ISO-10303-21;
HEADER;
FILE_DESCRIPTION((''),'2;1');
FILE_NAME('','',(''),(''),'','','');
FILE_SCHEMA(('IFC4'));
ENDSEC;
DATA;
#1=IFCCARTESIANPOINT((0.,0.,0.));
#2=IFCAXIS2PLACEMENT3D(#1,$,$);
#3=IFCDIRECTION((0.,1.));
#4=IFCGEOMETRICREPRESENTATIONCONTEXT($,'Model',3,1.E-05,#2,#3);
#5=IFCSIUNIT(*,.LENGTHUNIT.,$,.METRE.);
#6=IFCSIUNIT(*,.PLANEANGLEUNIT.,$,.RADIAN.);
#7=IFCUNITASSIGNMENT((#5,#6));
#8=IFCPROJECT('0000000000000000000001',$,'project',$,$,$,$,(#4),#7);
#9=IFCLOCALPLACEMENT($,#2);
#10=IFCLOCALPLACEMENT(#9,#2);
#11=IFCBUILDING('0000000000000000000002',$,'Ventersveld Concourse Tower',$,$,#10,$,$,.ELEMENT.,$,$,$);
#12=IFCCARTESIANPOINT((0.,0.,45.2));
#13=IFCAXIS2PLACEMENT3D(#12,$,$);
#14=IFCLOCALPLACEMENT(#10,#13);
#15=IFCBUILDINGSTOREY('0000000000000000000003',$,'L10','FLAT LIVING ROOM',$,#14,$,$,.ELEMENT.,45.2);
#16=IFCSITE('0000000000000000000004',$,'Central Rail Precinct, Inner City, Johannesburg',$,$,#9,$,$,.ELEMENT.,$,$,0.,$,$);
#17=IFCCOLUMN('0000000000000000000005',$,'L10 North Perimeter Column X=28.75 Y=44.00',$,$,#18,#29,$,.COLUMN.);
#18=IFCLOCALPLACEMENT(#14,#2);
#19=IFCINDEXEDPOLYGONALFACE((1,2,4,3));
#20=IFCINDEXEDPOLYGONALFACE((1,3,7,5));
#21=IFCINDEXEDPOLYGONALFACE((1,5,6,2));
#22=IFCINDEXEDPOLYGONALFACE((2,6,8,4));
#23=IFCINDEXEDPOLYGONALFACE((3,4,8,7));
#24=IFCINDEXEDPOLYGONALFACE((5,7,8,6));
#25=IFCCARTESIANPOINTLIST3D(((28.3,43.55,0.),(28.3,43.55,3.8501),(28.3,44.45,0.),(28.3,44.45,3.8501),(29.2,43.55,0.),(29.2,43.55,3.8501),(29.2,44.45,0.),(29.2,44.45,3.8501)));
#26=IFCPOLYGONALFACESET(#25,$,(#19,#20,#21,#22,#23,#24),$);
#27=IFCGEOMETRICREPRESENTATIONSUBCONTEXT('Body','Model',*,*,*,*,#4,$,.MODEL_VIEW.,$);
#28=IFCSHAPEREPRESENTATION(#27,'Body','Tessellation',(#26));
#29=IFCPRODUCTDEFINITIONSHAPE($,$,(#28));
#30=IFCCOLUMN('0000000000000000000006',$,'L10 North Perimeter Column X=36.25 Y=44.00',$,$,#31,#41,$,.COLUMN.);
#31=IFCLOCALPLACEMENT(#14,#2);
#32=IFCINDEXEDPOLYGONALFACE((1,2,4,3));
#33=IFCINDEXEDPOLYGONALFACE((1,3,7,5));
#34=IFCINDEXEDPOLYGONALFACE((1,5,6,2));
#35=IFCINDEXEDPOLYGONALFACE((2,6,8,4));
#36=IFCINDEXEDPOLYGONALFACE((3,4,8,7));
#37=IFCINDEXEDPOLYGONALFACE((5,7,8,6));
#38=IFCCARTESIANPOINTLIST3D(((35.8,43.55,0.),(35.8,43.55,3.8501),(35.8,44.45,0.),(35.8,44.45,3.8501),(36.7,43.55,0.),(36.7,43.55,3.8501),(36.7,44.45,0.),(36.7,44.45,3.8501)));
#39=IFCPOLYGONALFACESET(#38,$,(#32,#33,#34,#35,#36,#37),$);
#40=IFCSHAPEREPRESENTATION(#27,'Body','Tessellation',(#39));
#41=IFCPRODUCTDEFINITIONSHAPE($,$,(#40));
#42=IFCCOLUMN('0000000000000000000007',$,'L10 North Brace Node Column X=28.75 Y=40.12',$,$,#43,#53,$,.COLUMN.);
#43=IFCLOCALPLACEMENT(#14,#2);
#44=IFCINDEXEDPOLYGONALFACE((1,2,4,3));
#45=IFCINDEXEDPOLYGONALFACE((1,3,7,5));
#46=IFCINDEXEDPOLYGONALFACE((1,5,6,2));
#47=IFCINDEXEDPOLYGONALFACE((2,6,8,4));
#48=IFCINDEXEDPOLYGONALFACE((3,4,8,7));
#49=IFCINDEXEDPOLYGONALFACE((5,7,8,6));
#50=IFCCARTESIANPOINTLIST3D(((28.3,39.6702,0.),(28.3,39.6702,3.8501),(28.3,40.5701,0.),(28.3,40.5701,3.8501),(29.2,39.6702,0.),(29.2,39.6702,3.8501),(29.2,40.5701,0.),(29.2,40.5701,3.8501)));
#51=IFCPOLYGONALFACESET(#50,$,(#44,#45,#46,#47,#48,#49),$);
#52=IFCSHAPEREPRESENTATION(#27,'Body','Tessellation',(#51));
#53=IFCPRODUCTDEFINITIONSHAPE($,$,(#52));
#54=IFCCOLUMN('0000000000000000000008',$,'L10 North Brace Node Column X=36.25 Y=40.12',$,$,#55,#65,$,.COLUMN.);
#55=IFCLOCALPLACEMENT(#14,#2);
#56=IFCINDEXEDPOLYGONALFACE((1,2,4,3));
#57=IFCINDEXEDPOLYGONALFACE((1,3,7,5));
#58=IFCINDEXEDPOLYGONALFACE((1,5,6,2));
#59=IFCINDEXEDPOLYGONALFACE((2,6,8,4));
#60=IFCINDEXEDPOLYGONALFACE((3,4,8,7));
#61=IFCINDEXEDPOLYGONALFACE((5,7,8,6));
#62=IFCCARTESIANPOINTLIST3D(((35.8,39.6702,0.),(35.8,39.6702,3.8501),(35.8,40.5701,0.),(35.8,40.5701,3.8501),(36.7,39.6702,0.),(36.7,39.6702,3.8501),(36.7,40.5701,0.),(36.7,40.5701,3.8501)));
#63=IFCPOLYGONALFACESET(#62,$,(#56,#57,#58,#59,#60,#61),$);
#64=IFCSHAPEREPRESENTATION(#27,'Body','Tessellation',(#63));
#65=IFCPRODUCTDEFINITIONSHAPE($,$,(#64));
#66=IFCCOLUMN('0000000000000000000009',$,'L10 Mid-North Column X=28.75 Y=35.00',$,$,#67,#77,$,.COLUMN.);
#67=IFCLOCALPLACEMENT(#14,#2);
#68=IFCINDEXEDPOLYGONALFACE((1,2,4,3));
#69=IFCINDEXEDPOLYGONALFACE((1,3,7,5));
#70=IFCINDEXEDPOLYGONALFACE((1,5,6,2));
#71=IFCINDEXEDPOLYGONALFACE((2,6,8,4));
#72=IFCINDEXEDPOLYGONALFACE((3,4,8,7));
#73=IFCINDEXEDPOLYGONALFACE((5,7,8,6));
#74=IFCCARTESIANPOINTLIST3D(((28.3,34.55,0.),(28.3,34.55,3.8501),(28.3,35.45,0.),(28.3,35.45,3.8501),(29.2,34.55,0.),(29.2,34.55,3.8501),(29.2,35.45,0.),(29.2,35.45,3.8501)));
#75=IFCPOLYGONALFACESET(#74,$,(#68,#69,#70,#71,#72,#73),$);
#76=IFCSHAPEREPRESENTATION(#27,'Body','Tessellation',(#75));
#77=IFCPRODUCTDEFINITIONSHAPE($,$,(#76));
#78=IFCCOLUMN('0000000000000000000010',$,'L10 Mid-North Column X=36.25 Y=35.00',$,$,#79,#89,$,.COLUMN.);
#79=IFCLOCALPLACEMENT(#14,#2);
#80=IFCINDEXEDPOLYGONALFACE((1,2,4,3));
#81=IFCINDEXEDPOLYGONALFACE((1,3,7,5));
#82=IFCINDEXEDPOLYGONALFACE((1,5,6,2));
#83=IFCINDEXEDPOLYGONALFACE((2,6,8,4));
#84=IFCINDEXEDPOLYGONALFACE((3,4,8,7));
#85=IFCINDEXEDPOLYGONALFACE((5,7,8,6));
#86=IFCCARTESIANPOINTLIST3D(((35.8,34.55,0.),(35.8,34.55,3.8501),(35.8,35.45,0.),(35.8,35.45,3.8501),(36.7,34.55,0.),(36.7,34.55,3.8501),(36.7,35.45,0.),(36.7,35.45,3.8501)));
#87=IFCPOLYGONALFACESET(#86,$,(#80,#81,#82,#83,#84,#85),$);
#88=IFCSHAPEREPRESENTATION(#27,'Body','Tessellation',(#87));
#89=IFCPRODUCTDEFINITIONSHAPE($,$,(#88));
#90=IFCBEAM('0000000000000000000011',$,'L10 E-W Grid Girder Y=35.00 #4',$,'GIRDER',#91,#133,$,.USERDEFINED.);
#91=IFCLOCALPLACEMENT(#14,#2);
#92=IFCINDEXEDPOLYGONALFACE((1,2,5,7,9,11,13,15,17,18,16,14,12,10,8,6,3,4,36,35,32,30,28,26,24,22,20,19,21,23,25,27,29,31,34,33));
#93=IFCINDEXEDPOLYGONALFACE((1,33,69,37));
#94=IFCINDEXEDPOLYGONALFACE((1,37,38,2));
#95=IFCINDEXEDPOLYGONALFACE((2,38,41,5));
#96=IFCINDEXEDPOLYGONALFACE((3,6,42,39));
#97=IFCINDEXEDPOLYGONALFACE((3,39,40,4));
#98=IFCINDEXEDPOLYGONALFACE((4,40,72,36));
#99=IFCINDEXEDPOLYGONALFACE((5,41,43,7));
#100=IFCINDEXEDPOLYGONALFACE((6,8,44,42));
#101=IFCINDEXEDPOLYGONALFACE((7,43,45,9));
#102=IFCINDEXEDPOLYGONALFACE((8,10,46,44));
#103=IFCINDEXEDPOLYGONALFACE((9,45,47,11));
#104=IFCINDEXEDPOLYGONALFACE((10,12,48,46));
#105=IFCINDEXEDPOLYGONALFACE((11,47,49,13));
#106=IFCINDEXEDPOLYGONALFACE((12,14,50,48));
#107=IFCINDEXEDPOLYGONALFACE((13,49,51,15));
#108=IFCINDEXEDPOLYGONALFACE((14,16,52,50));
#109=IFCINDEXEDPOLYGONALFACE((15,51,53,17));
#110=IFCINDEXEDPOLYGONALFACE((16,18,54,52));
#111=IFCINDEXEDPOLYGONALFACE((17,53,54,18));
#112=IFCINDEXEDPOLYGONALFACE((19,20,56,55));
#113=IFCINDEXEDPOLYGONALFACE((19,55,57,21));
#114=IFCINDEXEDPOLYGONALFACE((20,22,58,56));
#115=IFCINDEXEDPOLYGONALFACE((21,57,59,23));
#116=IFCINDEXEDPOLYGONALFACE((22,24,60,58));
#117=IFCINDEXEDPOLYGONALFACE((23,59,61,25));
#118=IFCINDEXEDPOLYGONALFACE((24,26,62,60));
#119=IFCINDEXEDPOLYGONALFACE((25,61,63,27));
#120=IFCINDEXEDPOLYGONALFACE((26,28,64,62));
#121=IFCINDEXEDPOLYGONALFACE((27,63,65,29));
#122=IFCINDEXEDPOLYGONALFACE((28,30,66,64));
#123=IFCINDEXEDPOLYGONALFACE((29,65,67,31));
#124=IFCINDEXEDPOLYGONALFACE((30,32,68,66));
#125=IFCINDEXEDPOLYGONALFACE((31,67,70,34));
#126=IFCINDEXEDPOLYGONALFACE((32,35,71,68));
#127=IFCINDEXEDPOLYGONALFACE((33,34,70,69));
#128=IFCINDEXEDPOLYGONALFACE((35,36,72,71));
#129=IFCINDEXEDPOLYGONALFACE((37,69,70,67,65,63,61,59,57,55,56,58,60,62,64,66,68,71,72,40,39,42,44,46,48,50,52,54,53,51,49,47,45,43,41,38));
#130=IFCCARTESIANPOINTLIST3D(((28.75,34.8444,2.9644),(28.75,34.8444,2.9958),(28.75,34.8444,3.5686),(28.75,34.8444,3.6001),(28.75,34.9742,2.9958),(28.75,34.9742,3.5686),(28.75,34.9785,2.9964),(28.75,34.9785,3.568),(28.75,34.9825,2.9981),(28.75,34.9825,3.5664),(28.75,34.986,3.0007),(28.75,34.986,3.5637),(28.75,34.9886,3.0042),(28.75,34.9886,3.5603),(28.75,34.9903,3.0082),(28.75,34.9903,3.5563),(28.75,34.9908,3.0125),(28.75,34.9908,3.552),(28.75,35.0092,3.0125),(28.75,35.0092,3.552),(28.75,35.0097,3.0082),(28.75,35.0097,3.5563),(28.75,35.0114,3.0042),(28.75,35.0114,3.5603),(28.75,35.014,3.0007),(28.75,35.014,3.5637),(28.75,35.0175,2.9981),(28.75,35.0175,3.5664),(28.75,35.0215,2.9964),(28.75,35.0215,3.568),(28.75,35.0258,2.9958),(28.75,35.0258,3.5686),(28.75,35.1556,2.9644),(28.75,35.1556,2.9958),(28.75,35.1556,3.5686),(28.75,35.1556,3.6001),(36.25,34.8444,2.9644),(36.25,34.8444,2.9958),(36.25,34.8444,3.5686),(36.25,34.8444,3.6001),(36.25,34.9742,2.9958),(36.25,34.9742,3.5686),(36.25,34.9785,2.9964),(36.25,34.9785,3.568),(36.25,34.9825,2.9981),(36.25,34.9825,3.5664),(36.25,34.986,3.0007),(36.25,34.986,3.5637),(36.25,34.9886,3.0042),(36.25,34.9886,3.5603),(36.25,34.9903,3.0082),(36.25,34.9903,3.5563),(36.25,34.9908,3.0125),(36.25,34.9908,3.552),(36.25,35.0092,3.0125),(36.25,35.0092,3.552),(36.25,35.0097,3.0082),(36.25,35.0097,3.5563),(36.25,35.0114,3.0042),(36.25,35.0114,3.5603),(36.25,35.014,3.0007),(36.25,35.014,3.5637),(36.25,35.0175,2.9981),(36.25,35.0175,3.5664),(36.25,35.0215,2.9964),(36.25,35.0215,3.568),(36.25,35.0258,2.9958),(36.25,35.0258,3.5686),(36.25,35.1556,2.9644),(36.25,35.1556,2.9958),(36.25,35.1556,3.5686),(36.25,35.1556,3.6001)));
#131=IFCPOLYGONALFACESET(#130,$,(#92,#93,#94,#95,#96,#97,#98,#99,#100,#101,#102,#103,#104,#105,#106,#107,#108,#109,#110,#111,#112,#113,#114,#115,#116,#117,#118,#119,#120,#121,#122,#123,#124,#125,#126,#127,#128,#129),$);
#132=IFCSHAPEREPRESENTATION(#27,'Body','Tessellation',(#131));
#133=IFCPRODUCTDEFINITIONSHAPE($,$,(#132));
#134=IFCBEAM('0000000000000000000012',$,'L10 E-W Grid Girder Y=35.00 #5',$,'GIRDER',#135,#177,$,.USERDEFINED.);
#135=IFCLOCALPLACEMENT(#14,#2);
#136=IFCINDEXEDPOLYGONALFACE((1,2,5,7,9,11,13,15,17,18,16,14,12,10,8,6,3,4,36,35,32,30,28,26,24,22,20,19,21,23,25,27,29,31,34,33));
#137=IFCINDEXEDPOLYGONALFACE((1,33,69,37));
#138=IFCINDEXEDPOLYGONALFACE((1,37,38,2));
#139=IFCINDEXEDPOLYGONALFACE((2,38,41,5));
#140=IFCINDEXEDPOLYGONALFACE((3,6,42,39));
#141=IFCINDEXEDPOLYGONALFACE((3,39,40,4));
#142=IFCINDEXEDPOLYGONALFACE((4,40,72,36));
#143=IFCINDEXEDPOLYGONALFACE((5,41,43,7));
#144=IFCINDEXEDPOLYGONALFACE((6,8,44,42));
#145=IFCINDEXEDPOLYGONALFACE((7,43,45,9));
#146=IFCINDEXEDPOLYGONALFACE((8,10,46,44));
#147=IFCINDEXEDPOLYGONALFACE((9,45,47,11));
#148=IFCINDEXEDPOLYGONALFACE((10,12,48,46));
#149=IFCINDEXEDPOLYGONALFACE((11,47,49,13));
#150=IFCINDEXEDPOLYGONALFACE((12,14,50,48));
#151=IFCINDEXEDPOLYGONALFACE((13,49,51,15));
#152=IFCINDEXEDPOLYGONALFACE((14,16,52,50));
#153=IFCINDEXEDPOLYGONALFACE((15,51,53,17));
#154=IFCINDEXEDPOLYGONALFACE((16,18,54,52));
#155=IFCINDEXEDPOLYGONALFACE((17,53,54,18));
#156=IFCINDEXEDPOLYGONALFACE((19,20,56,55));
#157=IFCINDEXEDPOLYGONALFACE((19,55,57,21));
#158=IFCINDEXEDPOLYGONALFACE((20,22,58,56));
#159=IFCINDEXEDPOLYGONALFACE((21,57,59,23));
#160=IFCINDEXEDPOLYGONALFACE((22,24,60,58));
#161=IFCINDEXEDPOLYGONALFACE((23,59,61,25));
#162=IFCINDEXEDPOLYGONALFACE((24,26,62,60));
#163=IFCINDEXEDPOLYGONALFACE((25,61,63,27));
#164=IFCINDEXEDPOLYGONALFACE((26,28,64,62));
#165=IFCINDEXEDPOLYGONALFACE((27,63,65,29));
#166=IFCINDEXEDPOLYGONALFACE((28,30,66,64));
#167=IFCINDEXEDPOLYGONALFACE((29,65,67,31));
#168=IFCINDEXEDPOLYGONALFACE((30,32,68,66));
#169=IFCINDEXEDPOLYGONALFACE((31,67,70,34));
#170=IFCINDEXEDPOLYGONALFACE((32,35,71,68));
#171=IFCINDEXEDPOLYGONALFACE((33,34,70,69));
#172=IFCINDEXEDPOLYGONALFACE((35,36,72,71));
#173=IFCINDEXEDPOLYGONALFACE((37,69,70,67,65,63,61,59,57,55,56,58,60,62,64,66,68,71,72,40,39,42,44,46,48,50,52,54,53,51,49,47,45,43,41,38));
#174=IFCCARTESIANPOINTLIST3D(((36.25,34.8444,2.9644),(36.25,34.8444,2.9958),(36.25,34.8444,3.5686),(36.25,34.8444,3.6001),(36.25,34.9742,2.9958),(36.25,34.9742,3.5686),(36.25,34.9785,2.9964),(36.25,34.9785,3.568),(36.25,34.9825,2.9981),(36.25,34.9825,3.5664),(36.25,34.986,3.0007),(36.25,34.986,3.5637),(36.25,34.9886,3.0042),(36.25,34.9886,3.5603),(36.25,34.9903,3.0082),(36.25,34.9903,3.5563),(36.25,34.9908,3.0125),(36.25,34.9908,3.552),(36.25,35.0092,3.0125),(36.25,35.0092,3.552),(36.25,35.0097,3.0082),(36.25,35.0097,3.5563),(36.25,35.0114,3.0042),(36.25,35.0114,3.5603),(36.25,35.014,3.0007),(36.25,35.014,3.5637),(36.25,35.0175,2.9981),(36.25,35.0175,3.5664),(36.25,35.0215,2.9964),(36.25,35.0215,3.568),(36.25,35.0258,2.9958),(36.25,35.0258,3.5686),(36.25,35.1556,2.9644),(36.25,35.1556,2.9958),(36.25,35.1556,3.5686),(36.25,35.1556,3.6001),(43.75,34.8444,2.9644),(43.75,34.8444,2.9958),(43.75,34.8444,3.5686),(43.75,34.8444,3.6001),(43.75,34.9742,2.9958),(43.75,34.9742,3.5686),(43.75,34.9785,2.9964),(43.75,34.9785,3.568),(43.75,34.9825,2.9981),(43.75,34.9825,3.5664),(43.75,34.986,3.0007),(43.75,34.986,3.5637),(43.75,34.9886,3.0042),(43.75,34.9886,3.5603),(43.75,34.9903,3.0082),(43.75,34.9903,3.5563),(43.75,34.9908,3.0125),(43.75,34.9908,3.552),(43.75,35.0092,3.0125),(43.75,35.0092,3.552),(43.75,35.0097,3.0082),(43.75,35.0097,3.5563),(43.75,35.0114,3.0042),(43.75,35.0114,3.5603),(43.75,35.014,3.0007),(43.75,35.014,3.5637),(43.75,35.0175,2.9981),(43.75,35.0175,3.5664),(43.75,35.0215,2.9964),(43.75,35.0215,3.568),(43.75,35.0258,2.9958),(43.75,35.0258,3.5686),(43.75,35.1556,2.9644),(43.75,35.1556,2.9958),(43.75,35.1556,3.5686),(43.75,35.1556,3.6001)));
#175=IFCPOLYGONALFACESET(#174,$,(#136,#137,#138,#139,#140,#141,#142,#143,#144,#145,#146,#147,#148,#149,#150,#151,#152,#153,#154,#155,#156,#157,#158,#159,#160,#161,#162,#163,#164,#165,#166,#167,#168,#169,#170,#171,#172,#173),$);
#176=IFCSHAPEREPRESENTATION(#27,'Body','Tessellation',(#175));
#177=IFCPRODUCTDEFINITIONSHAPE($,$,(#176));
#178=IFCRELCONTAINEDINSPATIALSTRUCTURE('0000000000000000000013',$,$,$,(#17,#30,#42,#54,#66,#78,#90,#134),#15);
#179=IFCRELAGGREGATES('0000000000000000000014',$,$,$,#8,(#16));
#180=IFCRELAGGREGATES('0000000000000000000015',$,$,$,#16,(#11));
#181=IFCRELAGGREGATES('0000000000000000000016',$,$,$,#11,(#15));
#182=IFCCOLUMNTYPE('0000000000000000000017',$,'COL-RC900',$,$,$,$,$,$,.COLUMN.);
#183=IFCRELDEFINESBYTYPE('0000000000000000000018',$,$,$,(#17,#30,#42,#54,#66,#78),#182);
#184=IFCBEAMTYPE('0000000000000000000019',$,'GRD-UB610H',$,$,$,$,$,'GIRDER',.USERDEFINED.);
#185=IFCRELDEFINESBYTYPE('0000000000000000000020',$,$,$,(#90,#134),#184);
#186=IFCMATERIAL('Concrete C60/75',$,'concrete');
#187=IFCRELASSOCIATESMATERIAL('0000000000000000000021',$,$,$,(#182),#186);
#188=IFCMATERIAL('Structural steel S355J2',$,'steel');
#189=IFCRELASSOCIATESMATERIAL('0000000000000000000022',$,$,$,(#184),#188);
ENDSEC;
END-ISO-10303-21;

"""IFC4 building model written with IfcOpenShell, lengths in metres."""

from ifc_helpers import new_model, si_unit, direction, frame, origin, origin_2d, place, context, subcontext, project, spatial, rectangle, i_section, extrude, material, material_profile, profile_set, type_object, element, save


model = new_model("IFC4")

# Units and contexts
model_context = context("Model", 3, precision=1e-05, world=origin(), true_north=direction((0.0, 1.0)))
body_context = subcontext(model_context, "Body", "Model", "MODEL_VIEW")
ifc_project = project(units=[si_unit("LENGTHUNIT", "METRE"), si_unit("PLANEANGLEUNIT", "RADIAN")], contexts=[model_context])

# Site, building, storey
site_placement = place(None, origin())
site = spatial("IfcSite", under=ifc_project, at=site_placement, Name="Central Rail Precinct, Inner City, Johannesburg", CompositionType="ELEMENT", RefElevation=0.0)
building_placement = place(site_placement, origin())
building = spatial("IfcBuilding", under=site, at=building_placement, Name="Ventersveld Concourse Tower", CompositionType="ELEMENT")
storey_placement = place(building_placement, frame((0.0, 0.0, 45.2)))
storey = spatial("IfcBuildingStorey", under=building, at=storey_placement, Name="L10", Description="FLAT LIVING ROOM", CompositionType="ELEMENT", Elevation=45.2)

# Columns
ifc_material_1 = material(Name="Concrete C60/75", Category="concrete")
ifc_material_profile_1 = material_profile(ifc_material_1, rectangle(XDim=0.8999, YDim=0.8999, at=origin_2d()), Name="RC 900x900")
ifc_profile_set_1 = profile_set([ifc_material_profile_1], Name="Concrete C60/75")
column_type = type_object("IfcColumnType", Name="COL-RC900", PredefinedType="COLUMN", material=ifc_profile_set_1)
for number, where, z_axis, x_axis, name in (
    (1, (28.75, 44.0, 0.0), (0.0, 0.0, 1.0), (1.0, 0.0, 0.0), "L10 North Perimeter Column X=28.75 Y=44.00"),
    (2, (36.25, 44.0, 0.0), (0.0, 0.0, 1.0), (1.0, 0.0, 0.0), "L10 North Perimeter Column X=36.25 Y=44.00"),
    (3, (28.75, 40.1201, 0.0), (0.0, 0.0, 1.0), (1.0, 0.0, 0.0), "L10 North Brace Node Column X=28.75 Y=40.12"),
    (4, (36.25, 40.1201, 0.0), (0.0, 0.0, 1.0), (1.0, 0.0, 0.0), "L10 North Brace Node Column X=36.25 Y=40.12"),
    (5, (28.75, 35.0, 0.0), (0.0, 0.0, 1.0), (1.0, 0.0, 0.0), "L10 Mid-North Column X=28.75 Y=35.00"),
    (6, (36.25, 35.0, 0.0), (0.0, 0.0, 1.0), (1.0, 0.0, 0.0), "L10 Mid-North Column X=36.25 Y=35.00"),
):
    element("IfcColumn", number, at=place(storey_placement, frame(where, z_axis=z_axis, x_axis=x_axis)), inside=storey, type_object=column_type, Name=name, PredefinedType="COLUMN", context=body_context, shape_type="SweptSolid", body=[
        extrude(rectangle(XDim=0.8999, YDim=0.8999, at=origin_2d()), origin(), (0.0, 0.0, 1.0), 3.8501),
    ])

# Beams
ifc_material_2 = material(Name="Structural steel S355J2", Category="steel")
ifc_material_profile_2 = material_profile(ifc_material_2, i_section(OverallWidth=0.3113, OverallDepth=0.6357, WebThickness=0.0183, FlangeThickness=0.0315, FilletRadius=0.0166, at=origin_2d()), Name="UB 610x305x238")
ifc_profile_set_2 = profile_set([ifc_material_profile_2], Name="Structural steel S355J2")
beam_type_1 = type_object("IfcBeamType", Name="GRD-UB610H", ElementType="GIRDER", PredefinedType="USERDEFINED", material=ifc_profile_set_2)
for number, where, z_axis, x_axis, name in (
    (7, (28.75, 35.0, 3.2822), (1.0, 0.0, 0.0), (0.0, 1.0, 0.0), "L10 E-W Grid Girder Y=35.00 #4"),
    (8, (36.25, 35.0, 3.2822), (1.0, 0.0, 0.0), (0.0, 1.0, 0.0), "L10 E-W Grid Girder Y=35.00 #5"),
):
    element("IfcBeam", number, at=place(storey_placement, frame(where, z_axis=z_axis, x_axis=x_axis)), inside=storey, type_object=beam_type_1, Name=name, ObjectType="GIRDER", PredefinedType="USERDEFINED", context=body_context, shape_type="SweptSolid", body=[
        extrude(i_section(OverallWidth=0.3113, OverallDepth=0.6357, WebThickness=0.0183, FlangeThickness=0.0315, FilletRadius=0.0166, at=origin_2d()), origin(), (0.0, 0.0, 1.0), 7.5),
    ])

save(model, "model.ifc")
